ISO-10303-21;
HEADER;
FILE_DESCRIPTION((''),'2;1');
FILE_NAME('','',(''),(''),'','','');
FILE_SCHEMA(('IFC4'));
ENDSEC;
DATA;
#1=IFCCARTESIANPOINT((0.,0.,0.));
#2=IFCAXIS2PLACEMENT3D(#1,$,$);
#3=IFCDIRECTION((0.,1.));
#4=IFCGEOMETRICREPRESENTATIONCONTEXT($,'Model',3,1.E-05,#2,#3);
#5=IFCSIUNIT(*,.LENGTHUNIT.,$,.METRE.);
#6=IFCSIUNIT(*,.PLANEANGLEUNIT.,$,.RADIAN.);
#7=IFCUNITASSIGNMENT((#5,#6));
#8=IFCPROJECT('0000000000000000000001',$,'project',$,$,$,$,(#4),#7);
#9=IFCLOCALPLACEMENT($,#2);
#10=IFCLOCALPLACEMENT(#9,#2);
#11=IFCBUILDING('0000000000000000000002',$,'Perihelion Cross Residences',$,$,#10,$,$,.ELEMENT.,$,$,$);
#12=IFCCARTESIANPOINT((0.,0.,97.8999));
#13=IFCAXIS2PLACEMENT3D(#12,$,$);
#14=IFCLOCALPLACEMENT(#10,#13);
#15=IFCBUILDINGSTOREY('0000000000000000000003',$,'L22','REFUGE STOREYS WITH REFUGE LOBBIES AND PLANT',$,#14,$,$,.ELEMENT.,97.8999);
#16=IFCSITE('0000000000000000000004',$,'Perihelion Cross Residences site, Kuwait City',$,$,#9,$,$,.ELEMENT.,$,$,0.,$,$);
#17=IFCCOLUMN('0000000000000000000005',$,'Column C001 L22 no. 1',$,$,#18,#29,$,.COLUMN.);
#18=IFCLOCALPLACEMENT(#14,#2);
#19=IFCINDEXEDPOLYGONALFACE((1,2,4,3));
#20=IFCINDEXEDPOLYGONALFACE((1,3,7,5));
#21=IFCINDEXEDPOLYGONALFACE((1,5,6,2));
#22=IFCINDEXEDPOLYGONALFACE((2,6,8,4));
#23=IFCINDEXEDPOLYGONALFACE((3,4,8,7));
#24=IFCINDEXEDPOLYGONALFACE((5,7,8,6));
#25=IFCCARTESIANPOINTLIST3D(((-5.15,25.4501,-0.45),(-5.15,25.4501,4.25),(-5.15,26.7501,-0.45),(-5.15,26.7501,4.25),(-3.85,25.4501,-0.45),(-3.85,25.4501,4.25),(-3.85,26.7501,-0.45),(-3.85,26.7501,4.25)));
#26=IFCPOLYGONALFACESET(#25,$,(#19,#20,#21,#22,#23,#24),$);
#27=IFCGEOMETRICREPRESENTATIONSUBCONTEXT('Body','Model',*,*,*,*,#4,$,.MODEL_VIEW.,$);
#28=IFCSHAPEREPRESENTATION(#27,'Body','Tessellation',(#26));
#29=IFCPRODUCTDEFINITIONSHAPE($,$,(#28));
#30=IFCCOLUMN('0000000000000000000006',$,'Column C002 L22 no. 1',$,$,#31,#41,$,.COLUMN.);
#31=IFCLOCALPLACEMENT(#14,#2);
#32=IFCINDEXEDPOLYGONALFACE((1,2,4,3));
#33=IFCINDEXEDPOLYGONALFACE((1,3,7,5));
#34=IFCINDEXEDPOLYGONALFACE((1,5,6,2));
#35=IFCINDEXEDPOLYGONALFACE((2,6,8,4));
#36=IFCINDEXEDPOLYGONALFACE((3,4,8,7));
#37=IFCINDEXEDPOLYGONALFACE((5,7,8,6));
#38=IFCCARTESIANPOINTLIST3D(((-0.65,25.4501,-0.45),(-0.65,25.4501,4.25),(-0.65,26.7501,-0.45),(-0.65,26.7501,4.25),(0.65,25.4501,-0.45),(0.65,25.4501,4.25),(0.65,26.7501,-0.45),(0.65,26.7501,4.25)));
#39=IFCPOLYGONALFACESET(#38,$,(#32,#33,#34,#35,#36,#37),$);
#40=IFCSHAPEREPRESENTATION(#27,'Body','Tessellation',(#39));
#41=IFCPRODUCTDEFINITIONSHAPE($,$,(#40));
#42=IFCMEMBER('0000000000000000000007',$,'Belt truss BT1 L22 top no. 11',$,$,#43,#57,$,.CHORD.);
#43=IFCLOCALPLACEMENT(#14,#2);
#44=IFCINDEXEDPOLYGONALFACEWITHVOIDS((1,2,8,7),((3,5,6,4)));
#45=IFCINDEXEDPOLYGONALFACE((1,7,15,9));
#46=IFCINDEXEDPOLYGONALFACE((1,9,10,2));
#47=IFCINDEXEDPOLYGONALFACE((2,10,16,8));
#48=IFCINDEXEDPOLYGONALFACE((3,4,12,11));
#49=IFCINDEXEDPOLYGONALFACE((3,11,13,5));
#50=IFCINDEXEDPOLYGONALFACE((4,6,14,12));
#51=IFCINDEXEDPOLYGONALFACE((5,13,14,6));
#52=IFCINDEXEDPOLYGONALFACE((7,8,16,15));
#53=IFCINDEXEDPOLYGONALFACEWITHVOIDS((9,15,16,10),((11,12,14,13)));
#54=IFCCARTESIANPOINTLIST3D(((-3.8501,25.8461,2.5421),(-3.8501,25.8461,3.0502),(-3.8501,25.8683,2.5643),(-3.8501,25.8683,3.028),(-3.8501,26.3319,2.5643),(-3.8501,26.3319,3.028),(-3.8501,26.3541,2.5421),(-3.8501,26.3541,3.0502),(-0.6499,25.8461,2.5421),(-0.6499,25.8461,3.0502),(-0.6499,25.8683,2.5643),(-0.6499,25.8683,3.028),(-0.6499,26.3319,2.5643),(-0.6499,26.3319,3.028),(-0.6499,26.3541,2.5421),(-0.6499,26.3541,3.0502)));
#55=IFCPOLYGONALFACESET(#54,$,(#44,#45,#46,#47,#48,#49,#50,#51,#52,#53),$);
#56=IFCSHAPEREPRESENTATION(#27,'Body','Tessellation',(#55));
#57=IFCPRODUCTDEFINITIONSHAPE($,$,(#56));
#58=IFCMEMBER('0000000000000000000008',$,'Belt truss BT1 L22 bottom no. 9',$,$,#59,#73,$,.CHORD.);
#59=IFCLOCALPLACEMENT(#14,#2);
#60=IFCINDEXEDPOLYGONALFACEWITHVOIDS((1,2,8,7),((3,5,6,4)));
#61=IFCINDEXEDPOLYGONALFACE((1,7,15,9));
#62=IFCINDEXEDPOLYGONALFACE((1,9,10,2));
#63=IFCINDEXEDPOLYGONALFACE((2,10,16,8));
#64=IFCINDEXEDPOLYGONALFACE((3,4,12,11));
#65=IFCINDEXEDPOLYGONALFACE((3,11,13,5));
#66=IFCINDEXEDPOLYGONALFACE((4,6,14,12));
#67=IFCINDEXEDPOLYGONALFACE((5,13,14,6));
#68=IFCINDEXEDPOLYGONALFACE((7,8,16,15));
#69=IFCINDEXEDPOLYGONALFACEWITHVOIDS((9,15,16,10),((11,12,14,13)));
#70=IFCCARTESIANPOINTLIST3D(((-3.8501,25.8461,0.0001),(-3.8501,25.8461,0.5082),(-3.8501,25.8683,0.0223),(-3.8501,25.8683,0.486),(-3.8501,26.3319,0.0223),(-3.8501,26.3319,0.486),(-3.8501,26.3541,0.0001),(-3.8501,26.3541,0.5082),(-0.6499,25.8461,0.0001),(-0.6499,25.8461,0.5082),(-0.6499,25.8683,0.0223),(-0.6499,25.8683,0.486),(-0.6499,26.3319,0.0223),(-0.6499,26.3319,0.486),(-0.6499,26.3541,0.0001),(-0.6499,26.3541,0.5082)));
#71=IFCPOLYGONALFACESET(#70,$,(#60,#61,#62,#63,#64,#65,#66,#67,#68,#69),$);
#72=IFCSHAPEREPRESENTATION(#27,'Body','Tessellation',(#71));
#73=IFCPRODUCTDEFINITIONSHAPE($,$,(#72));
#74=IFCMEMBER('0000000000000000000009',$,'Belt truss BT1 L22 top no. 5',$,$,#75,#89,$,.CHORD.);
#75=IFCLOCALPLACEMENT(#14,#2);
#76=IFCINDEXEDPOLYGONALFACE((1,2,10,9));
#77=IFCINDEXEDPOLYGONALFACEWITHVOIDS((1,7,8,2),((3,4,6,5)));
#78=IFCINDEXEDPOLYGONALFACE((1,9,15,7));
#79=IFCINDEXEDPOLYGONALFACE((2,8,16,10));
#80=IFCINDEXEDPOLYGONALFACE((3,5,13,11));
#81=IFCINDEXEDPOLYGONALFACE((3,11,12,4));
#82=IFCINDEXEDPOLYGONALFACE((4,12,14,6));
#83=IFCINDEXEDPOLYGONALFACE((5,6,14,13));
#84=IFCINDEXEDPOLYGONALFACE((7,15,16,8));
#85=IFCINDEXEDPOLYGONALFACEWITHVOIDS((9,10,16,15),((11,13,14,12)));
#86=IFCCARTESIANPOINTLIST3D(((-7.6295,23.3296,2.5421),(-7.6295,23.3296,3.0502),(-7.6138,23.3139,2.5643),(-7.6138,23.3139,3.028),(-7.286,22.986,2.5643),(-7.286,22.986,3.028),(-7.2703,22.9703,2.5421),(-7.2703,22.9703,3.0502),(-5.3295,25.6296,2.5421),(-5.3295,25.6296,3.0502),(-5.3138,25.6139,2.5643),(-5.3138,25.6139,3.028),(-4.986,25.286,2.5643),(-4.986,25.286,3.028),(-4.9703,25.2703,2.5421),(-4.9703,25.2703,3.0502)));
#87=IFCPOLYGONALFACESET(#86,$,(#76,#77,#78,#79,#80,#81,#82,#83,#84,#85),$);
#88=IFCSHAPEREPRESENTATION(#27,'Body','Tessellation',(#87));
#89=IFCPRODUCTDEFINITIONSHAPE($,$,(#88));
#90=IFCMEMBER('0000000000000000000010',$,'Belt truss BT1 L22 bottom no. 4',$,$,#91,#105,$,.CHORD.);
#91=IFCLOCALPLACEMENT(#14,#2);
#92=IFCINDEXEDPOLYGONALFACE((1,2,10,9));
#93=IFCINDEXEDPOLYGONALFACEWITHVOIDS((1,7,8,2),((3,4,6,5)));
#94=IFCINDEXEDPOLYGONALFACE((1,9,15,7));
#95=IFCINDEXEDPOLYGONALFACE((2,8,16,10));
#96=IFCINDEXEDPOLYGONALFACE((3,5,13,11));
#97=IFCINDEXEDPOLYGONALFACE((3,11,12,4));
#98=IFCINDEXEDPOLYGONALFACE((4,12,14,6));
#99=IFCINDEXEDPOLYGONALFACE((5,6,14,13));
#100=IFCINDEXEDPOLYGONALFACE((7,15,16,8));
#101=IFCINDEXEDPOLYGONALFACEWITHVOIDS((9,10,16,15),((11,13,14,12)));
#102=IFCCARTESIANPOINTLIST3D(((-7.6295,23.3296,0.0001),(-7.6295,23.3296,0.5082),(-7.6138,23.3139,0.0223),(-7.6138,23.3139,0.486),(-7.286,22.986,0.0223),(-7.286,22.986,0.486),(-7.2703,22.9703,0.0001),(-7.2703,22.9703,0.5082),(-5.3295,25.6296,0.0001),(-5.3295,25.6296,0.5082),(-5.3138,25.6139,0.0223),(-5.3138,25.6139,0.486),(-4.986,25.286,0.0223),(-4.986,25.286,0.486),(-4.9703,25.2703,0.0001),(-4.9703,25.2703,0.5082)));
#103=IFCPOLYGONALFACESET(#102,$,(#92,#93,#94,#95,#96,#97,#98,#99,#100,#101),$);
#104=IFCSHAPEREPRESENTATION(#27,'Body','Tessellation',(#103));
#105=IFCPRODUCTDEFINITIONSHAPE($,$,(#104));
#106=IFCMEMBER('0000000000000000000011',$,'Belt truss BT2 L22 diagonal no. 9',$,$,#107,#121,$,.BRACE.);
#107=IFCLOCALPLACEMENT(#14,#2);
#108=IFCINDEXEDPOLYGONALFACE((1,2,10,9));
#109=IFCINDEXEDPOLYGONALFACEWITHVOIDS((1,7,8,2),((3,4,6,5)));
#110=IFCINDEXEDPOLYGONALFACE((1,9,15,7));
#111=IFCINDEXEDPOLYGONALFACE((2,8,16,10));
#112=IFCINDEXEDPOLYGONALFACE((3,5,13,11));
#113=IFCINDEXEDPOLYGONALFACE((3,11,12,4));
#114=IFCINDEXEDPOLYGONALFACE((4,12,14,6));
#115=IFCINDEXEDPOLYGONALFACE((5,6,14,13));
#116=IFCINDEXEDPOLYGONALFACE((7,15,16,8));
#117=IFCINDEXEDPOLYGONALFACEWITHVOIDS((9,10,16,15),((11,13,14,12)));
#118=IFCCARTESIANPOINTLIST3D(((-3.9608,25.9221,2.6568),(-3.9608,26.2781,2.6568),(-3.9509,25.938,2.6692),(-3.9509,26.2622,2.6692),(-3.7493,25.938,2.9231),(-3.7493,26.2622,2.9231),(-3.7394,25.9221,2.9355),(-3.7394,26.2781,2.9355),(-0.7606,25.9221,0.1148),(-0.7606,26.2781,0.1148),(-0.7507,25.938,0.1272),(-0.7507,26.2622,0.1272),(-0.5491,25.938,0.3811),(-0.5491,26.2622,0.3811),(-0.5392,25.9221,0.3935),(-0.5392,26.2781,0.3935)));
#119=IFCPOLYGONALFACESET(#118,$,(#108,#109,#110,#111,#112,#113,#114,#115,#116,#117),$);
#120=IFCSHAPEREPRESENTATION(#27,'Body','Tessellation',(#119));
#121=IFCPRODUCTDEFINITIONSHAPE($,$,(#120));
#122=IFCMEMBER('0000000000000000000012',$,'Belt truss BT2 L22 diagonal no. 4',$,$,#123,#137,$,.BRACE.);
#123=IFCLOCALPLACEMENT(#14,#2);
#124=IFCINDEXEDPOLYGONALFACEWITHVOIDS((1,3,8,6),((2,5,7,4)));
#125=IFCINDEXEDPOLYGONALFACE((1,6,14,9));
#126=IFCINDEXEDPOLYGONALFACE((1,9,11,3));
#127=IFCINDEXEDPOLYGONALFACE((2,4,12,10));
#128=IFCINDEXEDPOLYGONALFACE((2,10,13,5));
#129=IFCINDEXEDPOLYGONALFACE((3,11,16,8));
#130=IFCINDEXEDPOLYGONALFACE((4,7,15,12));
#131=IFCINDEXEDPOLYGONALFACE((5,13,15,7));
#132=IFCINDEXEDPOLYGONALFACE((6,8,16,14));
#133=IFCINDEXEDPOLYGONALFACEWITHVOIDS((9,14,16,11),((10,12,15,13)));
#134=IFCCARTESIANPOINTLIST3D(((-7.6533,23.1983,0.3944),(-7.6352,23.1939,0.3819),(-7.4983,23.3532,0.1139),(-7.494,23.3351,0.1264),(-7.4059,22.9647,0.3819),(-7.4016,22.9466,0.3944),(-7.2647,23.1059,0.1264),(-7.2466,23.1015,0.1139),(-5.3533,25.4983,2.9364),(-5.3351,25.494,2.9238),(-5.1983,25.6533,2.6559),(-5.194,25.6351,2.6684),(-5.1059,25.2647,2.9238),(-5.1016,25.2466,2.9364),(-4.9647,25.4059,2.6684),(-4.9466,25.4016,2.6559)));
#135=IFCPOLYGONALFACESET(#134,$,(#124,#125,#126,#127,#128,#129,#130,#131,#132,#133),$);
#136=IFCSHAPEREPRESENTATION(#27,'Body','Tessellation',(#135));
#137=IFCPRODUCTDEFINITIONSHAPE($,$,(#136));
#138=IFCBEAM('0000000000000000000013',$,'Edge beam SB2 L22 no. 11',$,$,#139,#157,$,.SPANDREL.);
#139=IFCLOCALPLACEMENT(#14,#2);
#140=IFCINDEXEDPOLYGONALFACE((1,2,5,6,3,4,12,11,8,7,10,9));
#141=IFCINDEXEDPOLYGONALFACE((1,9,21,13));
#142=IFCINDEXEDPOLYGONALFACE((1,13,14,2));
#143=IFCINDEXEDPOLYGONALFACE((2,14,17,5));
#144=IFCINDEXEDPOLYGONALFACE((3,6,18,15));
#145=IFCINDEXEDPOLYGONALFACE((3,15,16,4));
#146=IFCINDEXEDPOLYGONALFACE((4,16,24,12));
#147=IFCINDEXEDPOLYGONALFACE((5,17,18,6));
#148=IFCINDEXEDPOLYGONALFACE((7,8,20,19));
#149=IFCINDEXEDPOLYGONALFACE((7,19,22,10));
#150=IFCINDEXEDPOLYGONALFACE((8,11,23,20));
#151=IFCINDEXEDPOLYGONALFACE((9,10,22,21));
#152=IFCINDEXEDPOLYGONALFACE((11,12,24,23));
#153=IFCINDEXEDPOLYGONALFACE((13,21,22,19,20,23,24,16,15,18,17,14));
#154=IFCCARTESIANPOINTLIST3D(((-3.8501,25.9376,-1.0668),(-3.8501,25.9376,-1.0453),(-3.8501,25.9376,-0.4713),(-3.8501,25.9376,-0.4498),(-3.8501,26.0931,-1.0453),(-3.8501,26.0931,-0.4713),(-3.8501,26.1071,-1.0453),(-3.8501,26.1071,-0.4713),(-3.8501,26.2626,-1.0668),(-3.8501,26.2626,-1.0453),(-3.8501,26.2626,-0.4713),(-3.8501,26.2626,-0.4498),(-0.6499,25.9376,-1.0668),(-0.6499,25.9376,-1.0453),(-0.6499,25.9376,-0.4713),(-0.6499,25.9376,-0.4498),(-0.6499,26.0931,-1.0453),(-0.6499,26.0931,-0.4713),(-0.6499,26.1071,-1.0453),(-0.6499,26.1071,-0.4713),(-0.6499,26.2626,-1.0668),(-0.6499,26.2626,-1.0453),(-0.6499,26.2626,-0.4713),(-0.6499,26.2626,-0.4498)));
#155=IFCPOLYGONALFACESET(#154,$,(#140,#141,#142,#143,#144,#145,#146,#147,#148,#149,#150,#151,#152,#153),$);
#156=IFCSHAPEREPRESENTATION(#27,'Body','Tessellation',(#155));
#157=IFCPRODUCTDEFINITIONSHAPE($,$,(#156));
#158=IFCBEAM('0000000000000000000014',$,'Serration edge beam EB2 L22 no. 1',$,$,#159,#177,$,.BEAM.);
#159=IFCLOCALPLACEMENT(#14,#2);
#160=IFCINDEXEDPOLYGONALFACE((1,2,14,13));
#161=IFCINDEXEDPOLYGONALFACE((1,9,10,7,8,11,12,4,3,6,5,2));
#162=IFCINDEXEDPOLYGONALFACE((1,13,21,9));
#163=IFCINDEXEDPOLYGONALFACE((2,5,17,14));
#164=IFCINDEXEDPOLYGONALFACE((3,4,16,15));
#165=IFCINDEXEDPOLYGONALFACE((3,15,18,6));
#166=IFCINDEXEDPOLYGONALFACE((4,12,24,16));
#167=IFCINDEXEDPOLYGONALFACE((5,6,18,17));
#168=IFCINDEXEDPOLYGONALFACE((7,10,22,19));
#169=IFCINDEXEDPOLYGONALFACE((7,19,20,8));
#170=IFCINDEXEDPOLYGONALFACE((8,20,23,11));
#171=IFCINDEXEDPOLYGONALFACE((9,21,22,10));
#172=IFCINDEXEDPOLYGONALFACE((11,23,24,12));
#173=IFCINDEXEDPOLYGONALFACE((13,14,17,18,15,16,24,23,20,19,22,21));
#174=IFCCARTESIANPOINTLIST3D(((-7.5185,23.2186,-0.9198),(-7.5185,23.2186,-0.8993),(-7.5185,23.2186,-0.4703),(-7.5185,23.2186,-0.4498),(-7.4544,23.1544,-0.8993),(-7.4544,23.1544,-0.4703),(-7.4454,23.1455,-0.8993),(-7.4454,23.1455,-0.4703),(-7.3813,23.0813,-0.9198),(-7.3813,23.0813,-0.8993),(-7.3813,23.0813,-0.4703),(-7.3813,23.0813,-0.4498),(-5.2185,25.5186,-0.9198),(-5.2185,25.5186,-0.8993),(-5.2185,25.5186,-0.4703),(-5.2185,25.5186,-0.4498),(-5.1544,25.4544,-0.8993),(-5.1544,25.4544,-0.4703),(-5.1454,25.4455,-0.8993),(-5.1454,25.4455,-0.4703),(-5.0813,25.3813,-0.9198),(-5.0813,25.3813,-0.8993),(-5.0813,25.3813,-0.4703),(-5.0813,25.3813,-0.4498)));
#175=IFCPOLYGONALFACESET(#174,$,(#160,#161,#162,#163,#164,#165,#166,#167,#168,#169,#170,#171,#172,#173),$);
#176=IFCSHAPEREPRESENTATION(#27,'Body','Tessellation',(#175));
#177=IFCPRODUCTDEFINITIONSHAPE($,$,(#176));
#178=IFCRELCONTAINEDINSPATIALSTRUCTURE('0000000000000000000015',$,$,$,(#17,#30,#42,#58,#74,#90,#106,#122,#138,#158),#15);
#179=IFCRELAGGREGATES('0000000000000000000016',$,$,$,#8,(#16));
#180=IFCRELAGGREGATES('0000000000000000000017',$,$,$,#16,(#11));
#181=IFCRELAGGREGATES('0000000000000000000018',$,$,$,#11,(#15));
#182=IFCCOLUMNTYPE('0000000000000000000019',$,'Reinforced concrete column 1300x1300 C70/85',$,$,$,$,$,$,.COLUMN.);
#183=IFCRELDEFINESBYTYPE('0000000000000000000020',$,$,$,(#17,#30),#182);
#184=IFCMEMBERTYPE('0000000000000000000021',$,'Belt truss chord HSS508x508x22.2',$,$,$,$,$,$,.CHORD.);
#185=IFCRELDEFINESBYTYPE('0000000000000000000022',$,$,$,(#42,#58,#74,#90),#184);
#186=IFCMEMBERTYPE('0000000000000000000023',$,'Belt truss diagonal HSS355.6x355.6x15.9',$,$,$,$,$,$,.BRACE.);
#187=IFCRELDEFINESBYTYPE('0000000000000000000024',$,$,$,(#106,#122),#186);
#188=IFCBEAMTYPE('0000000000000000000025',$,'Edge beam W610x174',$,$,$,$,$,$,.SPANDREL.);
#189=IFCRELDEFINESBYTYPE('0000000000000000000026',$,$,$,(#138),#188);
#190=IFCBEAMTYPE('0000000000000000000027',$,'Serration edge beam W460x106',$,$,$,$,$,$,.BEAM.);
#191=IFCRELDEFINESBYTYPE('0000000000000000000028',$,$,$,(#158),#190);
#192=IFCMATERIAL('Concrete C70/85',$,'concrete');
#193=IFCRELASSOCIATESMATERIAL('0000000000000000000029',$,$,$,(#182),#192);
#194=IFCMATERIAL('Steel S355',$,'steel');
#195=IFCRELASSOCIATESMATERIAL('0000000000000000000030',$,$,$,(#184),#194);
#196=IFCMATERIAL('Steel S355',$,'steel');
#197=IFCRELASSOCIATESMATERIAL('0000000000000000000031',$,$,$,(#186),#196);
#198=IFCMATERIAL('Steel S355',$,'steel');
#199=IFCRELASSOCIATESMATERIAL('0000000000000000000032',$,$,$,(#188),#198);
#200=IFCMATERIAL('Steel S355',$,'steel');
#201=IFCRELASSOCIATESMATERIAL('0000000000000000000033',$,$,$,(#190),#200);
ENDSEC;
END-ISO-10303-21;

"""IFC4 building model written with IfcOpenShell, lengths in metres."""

from ifc_helpers import new_model, si_unit, direction, frame, origin, origin_2d, place, context, subcontext, project, spatial, rectangle, hollow_rectangle, i_section, extrude, material, material_profile, profile_set, type_object, element, save


model = new_model("IFC4")

# Units and contexts
model_context = context("Model", 3, precision=1e-05, world=origin(), true_north=direction((0.0, 1.0)))
body_context = subcontext(model_context, "Body", "Model", "MODEL_VIEW")
ifc_project = project(units=[si_unit("LENGTHUNIT", "METRE"), si_unit("PLANEANGLEUNIT", "RADIAN")], contexts=[model_context])

# Site, building, storey
site_placement = place(None, origin())
site = spatial("IfcSite", under=ifc_project, at=site_placement, Name="Perihelion Cross Residences site, Kuwait City", CompositionType="ELEMENT", RefElevation=0.0)
building_placement = place(site_placement, origin())
building = spatial("IfcBuilding", under=site, at=building_placement, Name="Perihelion Cross Residences", CompositionType="ELEMENT")
storey_placement = place(building_placement, frame((0.0, 0.0, 97.8999)))
storey = spatial("IfcBuildingStorey", under=building, at=storey_placement, Name="L22", Description="REFUGE STOREYS WITH REFUGE LOBBIES AND PLANT", CompositionType="ELEMENT", Elevation=97.8999)

# Columns
ifc_material_1 = material(Name="Concrete C70/85", Category="concrete")
ifc_material_profile_1 = material_profile(ifc_material_1, rectangle(XDim=1.3, YDim=1.3, at=origin_2d()), Name="RC 1300x1300")
ifc_profile_set_1 = profile_set([ifc_material_profile_1], Name="Concrete C70/85")
column_type = type_object("IfcColumnType", Name="Reinforced concrete column 1300x1300 C70/85", PredefinedType="COLUMN", material=ifc_profile_set_1)
for number, where, z_axis, x_axis, name in (
    (1, (-4.5, 26.1001, -0.45), (0.0, 0.0, 1.0), (1.0, 0.0, 0.0), "Column C001 L22 no. 1"),
    (2, (0.0, 26.1001, -0.45), (0.0, 0.0, 1.0), (1.0, 0.0, 0.0), "Column C002 L22 no. 1"),
):
    element("IfcColumn", number, at=place(storey_placement, frame(where, z_axis=z_axis, x_axis=x_axis)), inside=storey, type_object=column_type, Name=name, PredefinedType="COLUMN", context=body_context, shape_type="SweptSolid", body=[
        extrude(rectangle(XDim=1.3, YDim=1.3, at=origin_2d()), origin(), (0.0, 0.0, 1.0), 4.7),
    ])

# Members
ifc_material_2 = material(Name="Steel S355", Category="steel")
ifc_material_profile_2 = material_profile(ifc_material_2, hollow_rectangle(XDim=0.5081, YDim=0.5081, WallThickness=0.0222, at=origin_2d()), Name="HSS508x508x22.2")
ifc_profile_set_2 = profile_set([ifc_material_profile_2], Name="Steel S355")
member_type_1 = type_object("IfcMemberType", Name="Belt truss chord HSS508x508x22.2", PredefinedType="CHORD", material=ifc_profile_set_2)
for number, where, z_axis, x_axis, name in (
    (3, (-0.6499, 26.1001, 2.7961), (-1.0, 0.0, 0.0), (0.0, -1.0, 0.0), "Belt truss BT1 L22 top no. 11"),
    (4, (-0.6499, 26.1001, 0.2542), (-1.0, 0.0, 0.0), (0.0, -1.0, 0.0), "Belt truss BT1 L22 bottom no. 9"),
):
    element("IfcMember", number, at=place(storey_placement, frame(where, z_axis=z_axis, x_axis=x_axis)), inside=storey, type_object=member_type_1, Name=name, PredefinedType="CHORD", context=body_context, shape_type="SweptSolid", body=[
        extrude(hollow_rectangle(XDim=0.5081, YDim=0.5081, WallThickness=0.0222, at=origin_2d()), origin(), (0.0, 0.0, 1.0), 3.2002),
    ])
for number, where, z_axis, x_axis, name in (
    (5, (-5.1499, 25.45, 2.7961), (-0.707107, -0.707107, 0.0), (0.707107, -0.707107, 0.0), "Belt truss BT1 L22 top no. 5"),
    (6, (-5.1499, 25.45, 0.2542), (-0.707107, -0.707107, 0.0), (0.707107, -0.707107, 0.0), "Belt truss BT1 L22 bottom no. 4"),
):
    element("IfcMember", number, at=place(storey_placement, frame(where, z_axis=z_axis, x_axis=x_axis)), inside=storey, type_object=member_type_1, Name=name, PredefinedType="CHORD", context=body_context, shape_type="SweptSolid", body=[
        extrude(hollow_rectangle(XDim=0.5081, YDim=0.5081, WallThickness=0.0222, at=origin_2d()), origin(), (0.0, 0.0, 1.0), 3.2527),
    ])
ifc_material_3 = material(Name="Steel S355", Category="steel")
ifc_material_profile_3 = material_profile(ifc_material_3, hollow_rectangle(XDim=0.356, YDim=0.356, WallThickness=0.0159, at=origin_2d()), Name="HSS355.6x355.6x15.9")
ifc_profile_set_3 = profile_set([ifc_material_profile_3], Name="Steel S355")
member_type_2 = type_object("IfcMemberType", Name="Belt truss diagonal HSS355.6x355.6x15.9", PredefinedType="BRACE", material=ifc_profile_set_3)
member_1_placement = place(storey_placement, frame((-0.6499, 26.1001, 0.2542), z_axis=(-0.783032, 0.0, 0.621981), x_axis=(0.0, -1.0, 0.0)))
element("IfcMember", 7, at=member_1_placement, inside=storey, type_object=member_type_2, Name="Belt truss BT2 L22 diagonal no. 9", PredefinedType="BRACE", context=body_context, shape_type="SweptSolid", body=[
    extrude(hollow_rectangle(XDim=0.356, YDim=0.356, WallThickness=0.0159, at=origin_2d()), origin(), (0.0, 0.0, 1.0), 4.0869),
])
member_2_placement = place(storey_placement, frame((-7.45, 23.1499, 0.2542), z_axis=(0.557153, 0.557153, 0.61576), x_axis=(-0.707107, 0.707107, 0.0)))
element("IfcMember", 8, at=member_2_placement, inside=storey, type_object=member_type_2, Name="Belt truss BT2 L22 diagonal no. 4", PredefinedType="BRACE", context=body_context, shape_type="SweptSolid", body=[
    extrude(hollow_rectangle(XDim=0.356, YDim=0.356, WallThickness=0.0159, at=origin_2d()), origin(), (0.0, 0.0, 1.0), 4.1282),
])

# Beams
ifc_material_4 = material(Name="Steel S355", Category="steel")
ifc_material_profile_4 = material_profile(ifc_material_4, i_section(OverallWidth=0.325, OverallDepth=0.6169, WebThickness=0.0139, FlangeThickness=0.0215, at=origin_2d()), Name="W610x174")
ifc_profile_set_4 = profile_set([ifc_material_profile_4], Name="Steel S355")
beam_type_1 = type_object("IfcBeamType", Name="Edge beam W610x174", PredefinedType="SPANDREL", material=ifc_profile_set_4)
beam_1_placement = place(storey_placement, frame((-0.6499, 26.1001, -0.7583), z_axis=(-1.0, 0.0, 0.0), x_axis=(0.0, -1.0, 0.0)))
element("IfcBeam", 9, at=beam_1_placement, inside=storey, type_object=beam_type_1, Name="Edge beam SB2 L22 no. 11", PredefinedType="SPANDREL", context=body_context, shape_type="SweptSolid", body=[
    extrude(i_section(OverallWidth=0.325, OverallDepth=0.6169, WebThickness=0.0139, FlangeThickness=0.0215, at=origin_2d()), origin(), (0.0, 0.0, 1.0), 3.2002),
])
ifc_material_5 = material(Name="Steel S355", Category="steel")
ifc_material_profile_5 = material_profile(ifc_material_5, i_section(OverallWidth=0.1941, OverallDepth=0.47, WebThickness=0.0127, FlangeThickness=0.0205, at=origin_2d()), Name="W460x106")
ifc_profile_set_5 = profile_set([ifc_material_profile_5], Name="Steel S355")
beam_type_2 = type_object("IfcBeamType", Name="Serration edge beam W460x106", PredefinedType="BEAM", material=ifc_profile_set_5)
beam_2_placement = place(storey_placement, frame((-5.1499, 25.45, -0.6848), z_axis=(-0.707107, -0.707107, 0.0), x_axis=(0.707107, -0.707107, 0.0)))
element("IfcBeam", 10, at=beam_2_placement, inside=storey, type_object=beam_type_2, Name="Serration edge beam EB2 L22 no. 1", PredefinedType="BEAM", context=body_context, shape_type="SweptSolid", body=[
    extrude(i_section(OverallWidth=0.1941, OverallDepth=0.47, WebThickness=0.0127, FlangeThickness=0.0205, at=origin_2d()), origin(), (0.0, 0.0, 1.0), 3.2527),
])

save(model, "model.ifc")
